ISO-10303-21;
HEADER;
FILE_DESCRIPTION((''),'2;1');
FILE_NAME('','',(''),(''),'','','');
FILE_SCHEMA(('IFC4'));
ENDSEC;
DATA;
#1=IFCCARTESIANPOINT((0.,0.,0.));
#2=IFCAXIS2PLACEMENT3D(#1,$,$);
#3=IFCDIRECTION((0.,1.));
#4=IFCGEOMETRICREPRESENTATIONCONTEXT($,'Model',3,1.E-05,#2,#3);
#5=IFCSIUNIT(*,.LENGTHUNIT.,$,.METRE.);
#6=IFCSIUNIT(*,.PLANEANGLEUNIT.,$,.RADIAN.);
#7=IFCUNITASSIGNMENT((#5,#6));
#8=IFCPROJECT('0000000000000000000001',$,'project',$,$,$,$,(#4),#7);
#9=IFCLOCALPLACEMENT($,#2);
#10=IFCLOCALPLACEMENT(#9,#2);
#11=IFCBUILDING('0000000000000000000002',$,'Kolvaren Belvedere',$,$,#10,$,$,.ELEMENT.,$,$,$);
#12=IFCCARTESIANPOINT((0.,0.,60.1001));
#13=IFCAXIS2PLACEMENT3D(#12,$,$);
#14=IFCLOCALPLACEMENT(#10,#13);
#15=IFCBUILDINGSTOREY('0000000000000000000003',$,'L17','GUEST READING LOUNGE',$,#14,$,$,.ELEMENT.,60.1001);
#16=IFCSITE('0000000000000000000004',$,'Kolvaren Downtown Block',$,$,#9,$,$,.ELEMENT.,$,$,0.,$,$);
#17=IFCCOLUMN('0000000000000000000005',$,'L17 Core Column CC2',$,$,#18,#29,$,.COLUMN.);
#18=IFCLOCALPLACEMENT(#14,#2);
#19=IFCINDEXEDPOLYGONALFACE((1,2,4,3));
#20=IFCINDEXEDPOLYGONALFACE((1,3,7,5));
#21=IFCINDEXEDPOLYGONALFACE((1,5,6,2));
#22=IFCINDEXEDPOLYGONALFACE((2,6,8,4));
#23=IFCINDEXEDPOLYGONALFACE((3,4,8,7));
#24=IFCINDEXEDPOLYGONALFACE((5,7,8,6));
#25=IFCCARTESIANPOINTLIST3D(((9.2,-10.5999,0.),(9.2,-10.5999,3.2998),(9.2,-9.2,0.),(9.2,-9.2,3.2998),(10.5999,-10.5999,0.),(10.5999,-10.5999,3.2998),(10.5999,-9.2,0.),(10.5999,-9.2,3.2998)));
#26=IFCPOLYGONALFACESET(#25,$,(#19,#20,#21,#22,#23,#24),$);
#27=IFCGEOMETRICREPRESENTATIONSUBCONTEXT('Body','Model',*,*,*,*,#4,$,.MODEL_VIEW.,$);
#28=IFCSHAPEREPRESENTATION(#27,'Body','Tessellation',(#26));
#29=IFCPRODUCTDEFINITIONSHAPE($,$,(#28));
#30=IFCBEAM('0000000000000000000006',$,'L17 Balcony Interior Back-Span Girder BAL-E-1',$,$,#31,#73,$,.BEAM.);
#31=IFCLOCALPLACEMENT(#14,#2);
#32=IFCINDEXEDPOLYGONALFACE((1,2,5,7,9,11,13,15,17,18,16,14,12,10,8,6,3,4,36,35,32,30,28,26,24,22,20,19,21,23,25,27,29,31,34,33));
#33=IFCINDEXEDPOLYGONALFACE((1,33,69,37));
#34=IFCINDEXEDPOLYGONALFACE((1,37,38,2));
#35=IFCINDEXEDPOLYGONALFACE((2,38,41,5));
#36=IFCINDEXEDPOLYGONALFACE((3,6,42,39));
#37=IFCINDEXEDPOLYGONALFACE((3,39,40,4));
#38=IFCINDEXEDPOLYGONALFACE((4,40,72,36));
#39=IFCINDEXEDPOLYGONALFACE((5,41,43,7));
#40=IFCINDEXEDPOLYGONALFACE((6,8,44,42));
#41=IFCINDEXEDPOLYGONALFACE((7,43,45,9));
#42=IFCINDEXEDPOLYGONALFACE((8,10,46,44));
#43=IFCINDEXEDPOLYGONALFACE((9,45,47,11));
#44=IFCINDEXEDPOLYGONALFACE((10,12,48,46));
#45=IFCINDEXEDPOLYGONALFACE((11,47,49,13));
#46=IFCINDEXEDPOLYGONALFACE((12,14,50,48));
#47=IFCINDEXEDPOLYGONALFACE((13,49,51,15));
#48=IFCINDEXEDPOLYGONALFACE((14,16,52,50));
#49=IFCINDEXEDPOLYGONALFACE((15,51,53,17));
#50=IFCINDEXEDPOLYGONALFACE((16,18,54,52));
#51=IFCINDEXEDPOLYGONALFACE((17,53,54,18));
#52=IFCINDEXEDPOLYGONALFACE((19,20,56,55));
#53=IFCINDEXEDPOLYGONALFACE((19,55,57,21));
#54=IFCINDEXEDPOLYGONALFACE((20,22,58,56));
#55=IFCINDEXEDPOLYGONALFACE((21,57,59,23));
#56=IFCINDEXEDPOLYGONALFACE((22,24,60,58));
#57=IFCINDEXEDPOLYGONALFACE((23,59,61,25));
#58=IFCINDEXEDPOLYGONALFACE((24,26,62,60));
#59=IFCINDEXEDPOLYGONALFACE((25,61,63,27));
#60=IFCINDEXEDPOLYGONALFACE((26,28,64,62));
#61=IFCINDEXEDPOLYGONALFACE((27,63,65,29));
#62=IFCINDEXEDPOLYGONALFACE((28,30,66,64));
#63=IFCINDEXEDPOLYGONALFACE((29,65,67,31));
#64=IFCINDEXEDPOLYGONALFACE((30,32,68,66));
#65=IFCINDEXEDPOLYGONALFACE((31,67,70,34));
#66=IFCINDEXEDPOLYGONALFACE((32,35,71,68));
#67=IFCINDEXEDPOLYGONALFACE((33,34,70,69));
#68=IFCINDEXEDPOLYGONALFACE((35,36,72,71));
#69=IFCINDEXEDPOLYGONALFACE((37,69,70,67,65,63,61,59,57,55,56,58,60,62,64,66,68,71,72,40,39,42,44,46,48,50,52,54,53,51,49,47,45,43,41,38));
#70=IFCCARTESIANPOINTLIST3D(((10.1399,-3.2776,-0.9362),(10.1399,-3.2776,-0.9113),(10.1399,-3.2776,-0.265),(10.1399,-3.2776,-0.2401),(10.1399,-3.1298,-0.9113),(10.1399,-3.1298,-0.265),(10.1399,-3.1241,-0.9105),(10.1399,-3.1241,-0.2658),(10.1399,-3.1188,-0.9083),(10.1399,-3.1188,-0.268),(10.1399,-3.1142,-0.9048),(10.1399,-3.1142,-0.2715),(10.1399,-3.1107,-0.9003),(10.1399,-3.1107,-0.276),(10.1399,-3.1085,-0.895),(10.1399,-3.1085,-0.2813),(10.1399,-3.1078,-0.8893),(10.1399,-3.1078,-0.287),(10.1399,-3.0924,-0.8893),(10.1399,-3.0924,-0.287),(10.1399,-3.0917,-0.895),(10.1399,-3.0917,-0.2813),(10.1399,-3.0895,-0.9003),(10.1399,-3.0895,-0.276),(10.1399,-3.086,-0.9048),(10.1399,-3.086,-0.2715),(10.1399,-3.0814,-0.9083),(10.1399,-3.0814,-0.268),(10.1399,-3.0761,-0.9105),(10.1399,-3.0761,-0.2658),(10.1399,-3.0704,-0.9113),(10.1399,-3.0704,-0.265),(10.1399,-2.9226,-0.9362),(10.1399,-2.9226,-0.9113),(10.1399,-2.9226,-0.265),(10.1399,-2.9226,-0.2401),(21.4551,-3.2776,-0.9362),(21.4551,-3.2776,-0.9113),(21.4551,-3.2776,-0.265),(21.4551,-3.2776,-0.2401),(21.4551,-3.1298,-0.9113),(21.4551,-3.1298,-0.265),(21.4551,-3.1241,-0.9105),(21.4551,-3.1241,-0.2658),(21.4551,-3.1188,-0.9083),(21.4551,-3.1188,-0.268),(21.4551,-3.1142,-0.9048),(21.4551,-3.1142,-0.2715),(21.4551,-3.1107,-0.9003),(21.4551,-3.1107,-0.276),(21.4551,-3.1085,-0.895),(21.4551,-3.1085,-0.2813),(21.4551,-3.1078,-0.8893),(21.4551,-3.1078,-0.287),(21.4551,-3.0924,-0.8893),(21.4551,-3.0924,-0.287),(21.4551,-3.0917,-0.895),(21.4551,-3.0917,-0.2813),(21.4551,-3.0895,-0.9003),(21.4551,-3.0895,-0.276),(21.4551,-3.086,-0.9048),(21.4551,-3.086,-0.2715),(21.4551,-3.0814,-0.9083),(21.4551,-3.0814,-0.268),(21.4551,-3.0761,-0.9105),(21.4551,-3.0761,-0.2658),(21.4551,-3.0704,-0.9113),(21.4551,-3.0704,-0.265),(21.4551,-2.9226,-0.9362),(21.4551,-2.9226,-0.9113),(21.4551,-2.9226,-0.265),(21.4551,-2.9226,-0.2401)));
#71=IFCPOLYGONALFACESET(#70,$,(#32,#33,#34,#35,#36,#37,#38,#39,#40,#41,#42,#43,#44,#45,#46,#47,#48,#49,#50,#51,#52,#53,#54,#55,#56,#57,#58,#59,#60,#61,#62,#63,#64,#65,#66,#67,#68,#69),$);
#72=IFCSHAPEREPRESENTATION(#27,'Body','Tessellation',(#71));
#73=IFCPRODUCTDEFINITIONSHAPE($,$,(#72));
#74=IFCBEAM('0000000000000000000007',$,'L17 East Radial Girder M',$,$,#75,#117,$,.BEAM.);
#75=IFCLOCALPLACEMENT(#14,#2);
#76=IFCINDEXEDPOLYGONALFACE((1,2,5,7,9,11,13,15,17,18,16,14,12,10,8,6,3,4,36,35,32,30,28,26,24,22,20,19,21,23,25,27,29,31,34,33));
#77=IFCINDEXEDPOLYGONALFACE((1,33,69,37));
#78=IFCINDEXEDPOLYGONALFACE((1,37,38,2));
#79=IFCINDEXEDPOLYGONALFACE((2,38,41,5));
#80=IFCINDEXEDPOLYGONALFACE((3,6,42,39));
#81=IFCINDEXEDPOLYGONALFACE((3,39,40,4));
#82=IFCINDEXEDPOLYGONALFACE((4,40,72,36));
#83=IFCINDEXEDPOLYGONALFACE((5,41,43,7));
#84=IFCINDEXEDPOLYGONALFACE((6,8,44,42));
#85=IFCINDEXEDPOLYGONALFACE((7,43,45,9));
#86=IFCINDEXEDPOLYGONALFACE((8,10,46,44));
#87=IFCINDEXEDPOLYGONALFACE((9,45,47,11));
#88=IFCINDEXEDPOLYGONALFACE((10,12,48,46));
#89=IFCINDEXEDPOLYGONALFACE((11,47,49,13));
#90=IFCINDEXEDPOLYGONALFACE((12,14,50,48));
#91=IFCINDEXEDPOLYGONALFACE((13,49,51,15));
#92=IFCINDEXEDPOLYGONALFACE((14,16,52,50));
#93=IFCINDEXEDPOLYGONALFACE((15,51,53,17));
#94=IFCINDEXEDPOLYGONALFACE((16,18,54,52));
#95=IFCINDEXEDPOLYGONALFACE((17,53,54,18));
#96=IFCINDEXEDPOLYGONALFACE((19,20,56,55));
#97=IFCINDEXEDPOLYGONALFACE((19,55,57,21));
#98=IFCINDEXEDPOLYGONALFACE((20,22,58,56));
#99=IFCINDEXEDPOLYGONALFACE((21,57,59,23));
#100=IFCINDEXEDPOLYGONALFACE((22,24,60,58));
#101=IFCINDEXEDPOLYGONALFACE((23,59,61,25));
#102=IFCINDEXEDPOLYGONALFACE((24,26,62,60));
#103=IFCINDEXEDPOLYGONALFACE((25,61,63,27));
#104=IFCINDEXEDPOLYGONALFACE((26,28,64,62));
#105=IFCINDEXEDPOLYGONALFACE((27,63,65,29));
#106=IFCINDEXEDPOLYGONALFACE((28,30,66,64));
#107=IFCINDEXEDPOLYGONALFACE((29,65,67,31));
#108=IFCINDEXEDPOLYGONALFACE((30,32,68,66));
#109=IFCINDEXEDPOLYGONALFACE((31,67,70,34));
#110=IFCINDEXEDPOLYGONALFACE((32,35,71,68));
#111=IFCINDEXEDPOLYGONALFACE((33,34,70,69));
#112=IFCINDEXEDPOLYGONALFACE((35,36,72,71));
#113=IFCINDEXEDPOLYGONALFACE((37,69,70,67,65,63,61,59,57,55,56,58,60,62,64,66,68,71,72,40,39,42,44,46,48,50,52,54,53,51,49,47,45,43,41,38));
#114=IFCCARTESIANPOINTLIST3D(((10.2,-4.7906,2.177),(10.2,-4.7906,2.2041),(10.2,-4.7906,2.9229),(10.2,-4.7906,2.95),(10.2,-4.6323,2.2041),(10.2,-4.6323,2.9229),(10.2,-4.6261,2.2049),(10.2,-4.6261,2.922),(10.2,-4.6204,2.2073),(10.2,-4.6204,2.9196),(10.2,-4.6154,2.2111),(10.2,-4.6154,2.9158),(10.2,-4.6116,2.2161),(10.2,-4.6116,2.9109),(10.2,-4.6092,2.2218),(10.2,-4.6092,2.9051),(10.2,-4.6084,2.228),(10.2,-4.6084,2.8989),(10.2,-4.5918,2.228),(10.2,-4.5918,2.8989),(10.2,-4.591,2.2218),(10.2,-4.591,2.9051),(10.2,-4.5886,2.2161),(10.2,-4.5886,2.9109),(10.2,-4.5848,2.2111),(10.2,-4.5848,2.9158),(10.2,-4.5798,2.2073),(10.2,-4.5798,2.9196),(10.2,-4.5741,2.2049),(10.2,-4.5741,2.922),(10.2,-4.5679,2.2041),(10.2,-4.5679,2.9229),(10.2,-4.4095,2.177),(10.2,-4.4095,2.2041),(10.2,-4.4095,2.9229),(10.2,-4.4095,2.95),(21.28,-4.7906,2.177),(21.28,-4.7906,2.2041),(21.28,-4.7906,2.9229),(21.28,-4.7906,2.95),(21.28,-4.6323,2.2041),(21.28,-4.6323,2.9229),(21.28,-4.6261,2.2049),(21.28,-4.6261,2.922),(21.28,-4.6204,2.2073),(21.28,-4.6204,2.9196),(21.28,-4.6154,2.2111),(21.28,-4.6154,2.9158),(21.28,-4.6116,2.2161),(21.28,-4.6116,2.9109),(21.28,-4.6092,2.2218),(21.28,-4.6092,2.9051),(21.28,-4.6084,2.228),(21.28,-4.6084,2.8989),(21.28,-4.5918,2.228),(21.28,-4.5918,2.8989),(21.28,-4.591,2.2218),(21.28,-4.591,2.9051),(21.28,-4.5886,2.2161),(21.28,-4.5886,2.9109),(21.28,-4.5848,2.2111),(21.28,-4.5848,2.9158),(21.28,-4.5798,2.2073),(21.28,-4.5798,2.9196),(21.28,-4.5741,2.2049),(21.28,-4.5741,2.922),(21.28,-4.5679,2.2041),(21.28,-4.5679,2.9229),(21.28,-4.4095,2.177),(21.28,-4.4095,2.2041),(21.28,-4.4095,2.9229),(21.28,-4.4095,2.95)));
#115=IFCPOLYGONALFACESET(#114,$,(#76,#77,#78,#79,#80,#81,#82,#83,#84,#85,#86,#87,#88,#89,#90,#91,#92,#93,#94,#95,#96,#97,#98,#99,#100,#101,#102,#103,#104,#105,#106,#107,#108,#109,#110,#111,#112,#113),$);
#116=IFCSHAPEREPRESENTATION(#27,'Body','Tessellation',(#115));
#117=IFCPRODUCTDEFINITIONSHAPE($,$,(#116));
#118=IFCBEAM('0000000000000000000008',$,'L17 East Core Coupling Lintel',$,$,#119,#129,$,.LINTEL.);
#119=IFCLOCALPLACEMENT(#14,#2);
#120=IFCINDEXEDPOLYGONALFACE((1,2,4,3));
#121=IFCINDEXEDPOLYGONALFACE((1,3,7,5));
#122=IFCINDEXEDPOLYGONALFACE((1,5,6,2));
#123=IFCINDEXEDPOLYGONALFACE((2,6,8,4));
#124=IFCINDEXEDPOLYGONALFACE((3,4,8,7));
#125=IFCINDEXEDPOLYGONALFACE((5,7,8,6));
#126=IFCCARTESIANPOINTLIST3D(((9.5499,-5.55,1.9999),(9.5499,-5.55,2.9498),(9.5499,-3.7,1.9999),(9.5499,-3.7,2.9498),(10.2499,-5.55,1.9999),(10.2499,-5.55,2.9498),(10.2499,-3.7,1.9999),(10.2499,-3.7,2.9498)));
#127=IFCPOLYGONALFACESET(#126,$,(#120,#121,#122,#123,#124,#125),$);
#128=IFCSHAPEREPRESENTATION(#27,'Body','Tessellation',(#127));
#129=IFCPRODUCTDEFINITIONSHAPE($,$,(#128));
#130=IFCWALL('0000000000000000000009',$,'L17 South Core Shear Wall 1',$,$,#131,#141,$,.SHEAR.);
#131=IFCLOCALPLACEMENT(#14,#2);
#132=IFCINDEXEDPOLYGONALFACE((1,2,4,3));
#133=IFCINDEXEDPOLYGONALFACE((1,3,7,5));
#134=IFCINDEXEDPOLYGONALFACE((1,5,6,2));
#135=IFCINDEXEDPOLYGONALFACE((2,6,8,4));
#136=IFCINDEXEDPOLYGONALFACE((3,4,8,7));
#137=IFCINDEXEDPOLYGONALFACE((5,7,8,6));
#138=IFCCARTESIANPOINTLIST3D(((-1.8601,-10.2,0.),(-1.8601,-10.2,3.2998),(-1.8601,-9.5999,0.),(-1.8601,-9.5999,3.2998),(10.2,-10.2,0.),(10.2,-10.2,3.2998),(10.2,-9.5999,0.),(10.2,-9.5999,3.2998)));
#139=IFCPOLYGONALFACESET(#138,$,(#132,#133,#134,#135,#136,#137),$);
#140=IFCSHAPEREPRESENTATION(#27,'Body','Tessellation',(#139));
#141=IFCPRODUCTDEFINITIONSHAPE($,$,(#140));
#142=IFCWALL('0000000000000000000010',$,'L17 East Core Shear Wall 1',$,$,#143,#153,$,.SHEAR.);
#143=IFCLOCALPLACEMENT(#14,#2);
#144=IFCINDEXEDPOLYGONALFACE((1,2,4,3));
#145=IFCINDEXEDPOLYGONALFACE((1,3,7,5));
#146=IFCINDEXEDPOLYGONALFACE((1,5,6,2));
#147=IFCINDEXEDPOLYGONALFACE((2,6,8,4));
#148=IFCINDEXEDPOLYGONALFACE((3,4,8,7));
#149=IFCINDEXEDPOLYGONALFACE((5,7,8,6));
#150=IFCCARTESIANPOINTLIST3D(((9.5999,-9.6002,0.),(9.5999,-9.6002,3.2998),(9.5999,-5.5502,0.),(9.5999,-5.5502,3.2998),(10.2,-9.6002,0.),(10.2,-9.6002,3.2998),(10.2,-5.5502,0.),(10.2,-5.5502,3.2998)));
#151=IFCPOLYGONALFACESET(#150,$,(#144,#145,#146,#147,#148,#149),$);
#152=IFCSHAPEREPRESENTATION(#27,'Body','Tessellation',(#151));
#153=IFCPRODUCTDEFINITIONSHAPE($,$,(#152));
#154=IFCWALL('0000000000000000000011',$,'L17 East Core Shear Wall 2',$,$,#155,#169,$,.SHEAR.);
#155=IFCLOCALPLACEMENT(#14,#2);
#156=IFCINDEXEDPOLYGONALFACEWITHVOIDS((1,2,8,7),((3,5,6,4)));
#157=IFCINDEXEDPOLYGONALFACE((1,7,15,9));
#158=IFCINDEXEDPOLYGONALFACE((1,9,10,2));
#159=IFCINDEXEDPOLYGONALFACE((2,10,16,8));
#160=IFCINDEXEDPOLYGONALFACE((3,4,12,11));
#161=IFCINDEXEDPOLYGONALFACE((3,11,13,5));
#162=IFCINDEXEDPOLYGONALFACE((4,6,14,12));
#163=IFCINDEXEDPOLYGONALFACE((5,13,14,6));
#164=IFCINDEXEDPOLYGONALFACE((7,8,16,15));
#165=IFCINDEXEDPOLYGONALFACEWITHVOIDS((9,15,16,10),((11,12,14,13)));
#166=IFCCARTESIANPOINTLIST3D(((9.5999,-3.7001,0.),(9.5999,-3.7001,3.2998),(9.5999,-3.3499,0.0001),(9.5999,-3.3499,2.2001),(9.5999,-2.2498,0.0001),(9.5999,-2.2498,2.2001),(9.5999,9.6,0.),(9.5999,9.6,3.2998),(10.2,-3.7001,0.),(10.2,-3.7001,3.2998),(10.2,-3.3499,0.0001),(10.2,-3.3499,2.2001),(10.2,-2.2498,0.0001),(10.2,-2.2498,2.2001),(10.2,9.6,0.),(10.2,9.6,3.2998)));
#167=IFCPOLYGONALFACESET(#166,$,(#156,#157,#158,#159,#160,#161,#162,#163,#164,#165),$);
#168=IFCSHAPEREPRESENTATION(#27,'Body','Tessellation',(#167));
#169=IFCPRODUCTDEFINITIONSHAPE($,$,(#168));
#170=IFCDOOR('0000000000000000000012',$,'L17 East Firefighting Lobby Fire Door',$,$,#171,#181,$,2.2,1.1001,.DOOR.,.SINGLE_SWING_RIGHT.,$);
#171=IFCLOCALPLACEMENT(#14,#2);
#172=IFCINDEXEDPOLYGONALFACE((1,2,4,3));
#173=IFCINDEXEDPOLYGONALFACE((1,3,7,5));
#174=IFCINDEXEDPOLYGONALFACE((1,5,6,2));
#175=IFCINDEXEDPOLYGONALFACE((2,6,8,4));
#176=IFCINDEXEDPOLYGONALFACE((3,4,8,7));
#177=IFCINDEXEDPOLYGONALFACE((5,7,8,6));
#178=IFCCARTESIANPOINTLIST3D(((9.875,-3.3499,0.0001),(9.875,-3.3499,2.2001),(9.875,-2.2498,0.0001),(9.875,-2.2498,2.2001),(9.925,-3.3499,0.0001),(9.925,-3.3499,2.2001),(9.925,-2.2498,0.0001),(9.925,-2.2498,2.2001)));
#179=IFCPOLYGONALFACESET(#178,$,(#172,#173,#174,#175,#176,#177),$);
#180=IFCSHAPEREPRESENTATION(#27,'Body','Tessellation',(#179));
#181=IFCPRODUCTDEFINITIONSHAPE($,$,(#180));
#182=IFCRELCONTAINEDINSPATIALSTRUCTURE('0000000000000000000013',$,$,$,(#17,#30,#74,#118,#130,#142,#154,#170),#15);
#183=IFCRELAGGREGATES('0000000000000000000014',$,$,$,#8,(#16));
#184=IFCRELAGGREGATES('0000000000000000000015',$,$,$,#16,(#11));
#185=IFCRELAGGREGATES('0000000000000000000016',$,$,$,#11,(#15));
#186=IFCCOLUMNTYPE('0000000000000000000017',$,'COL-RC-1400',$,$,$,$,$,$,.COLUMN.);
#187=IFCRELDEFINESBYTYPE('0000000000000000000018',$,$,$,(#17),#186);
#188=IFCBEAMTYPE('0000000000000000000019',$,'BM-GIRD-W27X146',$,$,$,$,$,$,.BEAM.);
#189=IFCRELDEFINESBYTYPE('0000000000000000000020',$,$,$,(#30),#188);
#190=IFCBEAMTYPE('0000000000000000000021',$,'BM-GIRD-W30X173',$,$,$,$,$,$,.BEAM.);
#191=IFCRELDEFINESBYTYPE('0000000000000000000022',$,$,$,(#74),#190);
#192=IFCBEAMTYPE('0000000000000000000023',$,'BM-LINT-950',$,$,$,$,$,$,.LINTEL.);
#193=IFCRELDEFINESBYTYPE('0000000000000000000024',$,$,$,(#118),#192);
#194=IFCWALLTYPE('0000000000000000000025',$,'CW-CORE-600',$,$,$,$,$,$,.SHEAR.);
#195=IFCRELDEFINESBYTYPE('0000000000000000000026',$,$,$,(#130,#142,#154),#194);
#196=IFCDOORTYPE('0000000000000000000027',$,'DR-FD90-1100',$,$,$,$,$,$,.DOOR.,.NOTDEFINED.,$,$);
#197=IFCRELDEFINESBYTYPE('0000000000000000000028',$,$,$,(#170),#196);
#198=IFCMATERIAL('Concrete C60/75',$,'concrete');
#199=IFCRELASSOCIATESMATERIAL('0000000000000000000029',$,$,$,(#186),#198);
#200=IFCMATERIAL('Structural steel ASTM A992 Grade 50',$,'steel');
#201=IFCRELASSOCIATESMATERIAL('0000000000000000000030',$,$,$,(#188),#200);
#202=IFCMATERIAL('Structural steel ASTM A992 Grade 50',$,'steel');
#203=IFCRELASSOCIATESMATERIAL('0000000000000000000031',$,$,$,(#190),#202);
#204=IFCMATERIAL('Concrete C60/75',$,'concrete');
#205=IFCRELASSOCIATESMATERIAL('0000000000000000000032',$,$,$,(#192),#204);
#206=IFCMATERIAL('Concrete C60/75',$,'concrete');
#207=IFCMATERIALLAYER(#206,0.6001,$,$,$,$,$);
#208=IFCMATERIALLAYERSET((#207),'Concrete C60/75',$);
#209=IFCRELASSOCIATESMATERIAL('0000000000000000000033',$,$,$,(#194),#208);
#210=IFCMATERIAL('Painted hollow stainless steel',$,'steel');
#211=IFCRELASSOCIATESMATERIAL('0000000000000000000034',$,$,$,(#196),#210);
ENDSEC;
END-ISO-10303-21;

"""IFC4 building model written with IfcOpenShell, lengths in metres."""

from ifc_helpers import new_model, si_unit, direction, frame, frame_2d, origin, origin_2d, place, context, subcontext, project, spatial, rectangle, i_section, extrude, material, layer, layer_set, material_profile, profile_set, type_object, element, fill, save


model = new_model("IFC4")

# Units and contexts
model_context = context("Model", 3, precision=1e-05, world=origin(), true_north=direction((0.0, 1.0)))
body_context = subcontext(model_context, "Body", "Model", "MODEL_VIEW")
ifc_project = project(units=[si_unit("LENGTHUNIT", "METRE"), si_unit("PLANEANGLEUNIT", "RADIAN")], contexts=[model_context])

# Site, building, storey
site_placement = place(None, origin())
site = spatial("IfcSite", under=ifc_project, at=site_placement, Name="Kolvaren Downtown Block", CompositionType="ELEMENT", RefElevation=0.0)
building_placement = place(site_placement, origin())
building = spatial("IfcBuilding", under=site, at=building_placement, Name="Kolvaren Belvedere", CompositionType="ELEMENT")
storey_placement = place(building_placement, frame((0.0, 0.0, 60.1001)))
storey = spatial("IfcBuildingStorey", under=building, at=storey_placement, Name="L17", Description="GUEST READING LOUNGE", CompositionType="ELEMENT", Elevation=60.1001)

# Column
ifc_material_1 = material(Name="Concrete C60/75", Category="concrete")
ifc_material_profile_1 = material_profile(ifc_material_1, rectangle(XDim=1.3999, YDim=1.3999, at=origin_2d()), Name="RC 1400X1400")
ifc_profile_set_1 = profile_set([ifc_material_profile_1], Name="Concrete C60/75")
column_type = type_object("IfcColumnType", Name="COL-RC-1400", PredefinedType="COLUMN", material=ifc_profile_set_1)
column_placement = place(storey_placement, frame((9.8999, -9.8999, 0.0), z_axis=(0.0, 0.0, 1.0), x_axis=(1.0, 0.0, 0.0)))
element("IfcColumn", 1, at=column_placement, inside=storey, type_object=column_type, Name="L17 Core Column CC2", PredefinedType="COLUMN", context=body_context, shape_type="SweptSolid", body=[
    extrude(rectangle(XDim=1.3999, YDim=1.3999, at=origin_2d()), origin(), (0.0, 0.0, 1.0), 3.2998),
])

# Beams
ifc_material_2 = material(Name="Structural steel ASTM A992 Grade 50", Category="steel")
ifc_material_profile_2 = material_profile(ifc_material_2, i_section(OverallWidth=0.355, OverallDepth=0.696, WebThickness=0.0154, FlangeThickness=0.0249, FilletRadius=0.022, at=origin_2d()), Name="W27X146")
ifc_profile_set_2 = profile_set([ifc_material_profile_2], Name="Structural steel ASTM A992 Grade 50")
beam_type_1 = type_object("IfcBeamType", Name="BM-GIRD-W27X146", PredefinedType="BEAM", material=ifc_profile_set_2)
beam_1_placement = place(storey_placement, frame((10.1399, -3.1001, -0.5881), z_axis=(1.0, 0.0, 0.0), x_axis=(0.0, 1.0, 0.0)))
element("IfcBeam", 2, at=beam_1_placement, inside=storey, type_object=beam_type_1, Name="L17 Balcony Interior Back-Span Girder BAL-E-1", PredefinedType="BEAM", context=body_context, shape_type="SweptSolid", body=[
    extrude(i_section(OverallWidth=0.355, OverallDepth=0.696, WebThickness=0.0154, FlangeThickness=0.0249, FilletRadius=0.022, at=origin_2d()), origin(), (0.0, 0.0, 1.0), 11.3152),
])
ifc_material_3 = material(Name="Structural steel ASTM A992 Grade 50", Category="steel")
ifc_material_profile_3 = material_profile(ifc_material_3, i_section(OverallWidth=0.3811, OverallDepth=0.7729, WebThickness=0.0166, FlangeThickness=0.0271, FilletRadius=0.0239, at=origin_2d()), Name="W30X173")
ifc_profile_set_3 = profile_set([ifc_material_profile_3], Name="Structural steel ASTM A992 Grade 50")
beam_type_2 = type_object("IfcBeamType", Name="BM-GIRD-W30X173", PredefinedType="BEAM", material=ifc_profile_set_3)
beam_2_placement = place(storey_placement, frame((10.2, -4.6001, 2.5635), z_axis=(1.0, 0.0, 0.0), x_axis=(0.0, 1.0, 0.0)))
element("IfcBeam", 3, at=beam_2_placement, inside=storey, type_object=beam_type_2, Name="L17 East Radial Girder M", PredefinedType="BEAM", context=body_context, shape_type="SweptSolid", body=[
    extrude(i_section(OverallWidth=0.3811, OverallDepth=0.7729, WebThickness=0.0166, FlangeThickness=0.0271, FilletRadius=0.0239, at=origin_2d()), origin(), (0.0, 0.0, 1.0), 11.0801),
])
ifc_material_4 = material(Name="Concrete C60/75", Category="concrete")
ifc_material_profile_4 = material_profile(ifc_material_4, rectangle(XDim=0.7, YDim=0.95, at=origin_2d()), Name="RC 700X950")
ifc_profile_set_4 = profile_set([ifc_material_profile_4], Name="Concrete C60/75")
beam_type_3 = type_object("IfcBeamType", Name="BM-LINT-950", PredefinedType="LINTEL", material=ifc_profile_set_4)
beam_3_placement = place(storey_placement, frame((9.8999, -5.55, 2.4749), z_axis=(0.0, 1.0, 0.0), x_axis=(-1.0, 0.0, 0.0)))
element("IfcBeam", 4, at=beam_3_placement, inside=storey, type_object=beam_type_3, Name="L17 East Core Coupling Lintel", PredefinedType="LINTEL", context=body_context, shape_type="SweptSolid", body=[
    extrude(rectangle(XDim=0.7, YDim=0.95, at=origin_2d()), origin(), (0.0, 0.0, 1.0), 1.8501),
])

# Walls
ifc_material_5 = material(Name="Concrete C60/75", Category="concrete")
ifc_layer_1 = layer(ifc_material_5, 0.6001)
ifc_layer_set_1 = layer_set([ifc_layer_1], Name="Concrete C60/75")
wall_type_1 = type_object("IfcWallType", Name="CW-CORE-600", PredefinedType="SHEAR", material=ifc_layer_set_1)
wall_1_placement = place(storey_placement, frame((10.2, -9.8999, 0.0), z_axis=(0.0, 0.0, 1.0), x_axis=(-1.0, 0.0, 0.0)))
element("IfcWall", 5, at=wall_1_placement, inside=storey, type_object=wall_type_1, Name="L17 South Core Shear Wall 1", PredefinedType="SHEAR", context=body_context, shape_type="SweptSolid", body=[
    extrude(rectangle(XDim=12.0601, YDim=0.6001, at=frame_2d((6.03, 0.0))), origin(), (0.0, 0.0, 1.0), 3.2998),
])
wall_2_placement = place(storey_placement, frame((9.8999, -9.6001, 0.0), z_axis=(0.0, 0.0, 1.0), x_axis=(0.0, 1.0, 0.0)))
element("IfcWall", 6, at=wall_2_placement, inside=storey, type_object=wall_type_1, Name="L17 East Core Shear Wall 1", PredefinedType="SHEAR", context=body_context, shape_type="SweptSolid", body=[
    extrude(rectangle(XDim=4.05, YDim=0.6001, at=frame_2d((2.0249, 0.0))), origin(), (0.0, 0.0, 1.0), 3.2998),
])

# Wall, opening, door
wall_3_placement = place(storey_placement, frame((9.8999, -3.7, 0.0), z_axis=(0.0, 0.0, 1.0), x_axis=(0.0, 1.0, 0.0)))
wall_3 = element("IfcWall", 7, at=wall_3_placement, inside=storey, type_object=wall_type_1, Name="L17 East Core Shear Wall 2", PredefinedType="SHEAR", context=body_context, shape_type="SweptSolid", body=[
    extrude(rectangle(XDim=13.3, YDim=0.6001, at=frame_2d((6.6499, 0.0))), origin(), (0.0, 0.0, 1.0), 3.2998),
])
opening_1_placement = place(wall_3_placement, frame((0.3501, 0.0, 0.0)))
opening_1 = element("IfcOpeningElement", 8, at=opening_1_placement, cuts=wall_3, PredefinedType="OPENING", context=body_context, shape_type="SweptSolid", body=[
    extrude(rectangle(XDim=1.1001, YDim=2.2, at=frame_2d((0.55, 1.1001))), frame((0.0, 0.3101, 0.0), z_axis=(0.0, -1.0, 0.0), x_axis=(1.0, 0.0, 0.0)), (0.0, 0.0, 1.0), 0.6201),
])
ifc_material_6 = material(Name="Painted hollow stainless steel", Category="steel")
door_type_1 = type_object("IfcDoorType", Name="DR-FD90-1100", OperationType="NOTDEFINED", PredefinedType="DOOR", material=ifc_material_6)
door_1_placement = place(opening_1_placement, origin())
door_1 = element("IfcDoor", 9, at=door_1_placement, inside=storey, type_object=door_type_1, Name="L17 East Firefighting Lobby Fire Door", OperationType="SINGLE_SWING_RIGHT", OverallHeight=2.2, OverallWidth=1.1001, PredefinedType="DOOR", context=body_context, shape_type="SweptSolid", body=[
    extrude(rectangle(XDim=1.1001, YDim=2.2, at=frame_2d((0.55, 1.1001))), frame((0.0, 0.0249, 0.0), z_axis=(0.0, -1.0, 0.0), x_axis=(1.0, 0.0, 0.0)), (0.0, 0.0, 1.0), 0.05),
])
fill(opening_1, door_1)

save(model, "model.ifc")
